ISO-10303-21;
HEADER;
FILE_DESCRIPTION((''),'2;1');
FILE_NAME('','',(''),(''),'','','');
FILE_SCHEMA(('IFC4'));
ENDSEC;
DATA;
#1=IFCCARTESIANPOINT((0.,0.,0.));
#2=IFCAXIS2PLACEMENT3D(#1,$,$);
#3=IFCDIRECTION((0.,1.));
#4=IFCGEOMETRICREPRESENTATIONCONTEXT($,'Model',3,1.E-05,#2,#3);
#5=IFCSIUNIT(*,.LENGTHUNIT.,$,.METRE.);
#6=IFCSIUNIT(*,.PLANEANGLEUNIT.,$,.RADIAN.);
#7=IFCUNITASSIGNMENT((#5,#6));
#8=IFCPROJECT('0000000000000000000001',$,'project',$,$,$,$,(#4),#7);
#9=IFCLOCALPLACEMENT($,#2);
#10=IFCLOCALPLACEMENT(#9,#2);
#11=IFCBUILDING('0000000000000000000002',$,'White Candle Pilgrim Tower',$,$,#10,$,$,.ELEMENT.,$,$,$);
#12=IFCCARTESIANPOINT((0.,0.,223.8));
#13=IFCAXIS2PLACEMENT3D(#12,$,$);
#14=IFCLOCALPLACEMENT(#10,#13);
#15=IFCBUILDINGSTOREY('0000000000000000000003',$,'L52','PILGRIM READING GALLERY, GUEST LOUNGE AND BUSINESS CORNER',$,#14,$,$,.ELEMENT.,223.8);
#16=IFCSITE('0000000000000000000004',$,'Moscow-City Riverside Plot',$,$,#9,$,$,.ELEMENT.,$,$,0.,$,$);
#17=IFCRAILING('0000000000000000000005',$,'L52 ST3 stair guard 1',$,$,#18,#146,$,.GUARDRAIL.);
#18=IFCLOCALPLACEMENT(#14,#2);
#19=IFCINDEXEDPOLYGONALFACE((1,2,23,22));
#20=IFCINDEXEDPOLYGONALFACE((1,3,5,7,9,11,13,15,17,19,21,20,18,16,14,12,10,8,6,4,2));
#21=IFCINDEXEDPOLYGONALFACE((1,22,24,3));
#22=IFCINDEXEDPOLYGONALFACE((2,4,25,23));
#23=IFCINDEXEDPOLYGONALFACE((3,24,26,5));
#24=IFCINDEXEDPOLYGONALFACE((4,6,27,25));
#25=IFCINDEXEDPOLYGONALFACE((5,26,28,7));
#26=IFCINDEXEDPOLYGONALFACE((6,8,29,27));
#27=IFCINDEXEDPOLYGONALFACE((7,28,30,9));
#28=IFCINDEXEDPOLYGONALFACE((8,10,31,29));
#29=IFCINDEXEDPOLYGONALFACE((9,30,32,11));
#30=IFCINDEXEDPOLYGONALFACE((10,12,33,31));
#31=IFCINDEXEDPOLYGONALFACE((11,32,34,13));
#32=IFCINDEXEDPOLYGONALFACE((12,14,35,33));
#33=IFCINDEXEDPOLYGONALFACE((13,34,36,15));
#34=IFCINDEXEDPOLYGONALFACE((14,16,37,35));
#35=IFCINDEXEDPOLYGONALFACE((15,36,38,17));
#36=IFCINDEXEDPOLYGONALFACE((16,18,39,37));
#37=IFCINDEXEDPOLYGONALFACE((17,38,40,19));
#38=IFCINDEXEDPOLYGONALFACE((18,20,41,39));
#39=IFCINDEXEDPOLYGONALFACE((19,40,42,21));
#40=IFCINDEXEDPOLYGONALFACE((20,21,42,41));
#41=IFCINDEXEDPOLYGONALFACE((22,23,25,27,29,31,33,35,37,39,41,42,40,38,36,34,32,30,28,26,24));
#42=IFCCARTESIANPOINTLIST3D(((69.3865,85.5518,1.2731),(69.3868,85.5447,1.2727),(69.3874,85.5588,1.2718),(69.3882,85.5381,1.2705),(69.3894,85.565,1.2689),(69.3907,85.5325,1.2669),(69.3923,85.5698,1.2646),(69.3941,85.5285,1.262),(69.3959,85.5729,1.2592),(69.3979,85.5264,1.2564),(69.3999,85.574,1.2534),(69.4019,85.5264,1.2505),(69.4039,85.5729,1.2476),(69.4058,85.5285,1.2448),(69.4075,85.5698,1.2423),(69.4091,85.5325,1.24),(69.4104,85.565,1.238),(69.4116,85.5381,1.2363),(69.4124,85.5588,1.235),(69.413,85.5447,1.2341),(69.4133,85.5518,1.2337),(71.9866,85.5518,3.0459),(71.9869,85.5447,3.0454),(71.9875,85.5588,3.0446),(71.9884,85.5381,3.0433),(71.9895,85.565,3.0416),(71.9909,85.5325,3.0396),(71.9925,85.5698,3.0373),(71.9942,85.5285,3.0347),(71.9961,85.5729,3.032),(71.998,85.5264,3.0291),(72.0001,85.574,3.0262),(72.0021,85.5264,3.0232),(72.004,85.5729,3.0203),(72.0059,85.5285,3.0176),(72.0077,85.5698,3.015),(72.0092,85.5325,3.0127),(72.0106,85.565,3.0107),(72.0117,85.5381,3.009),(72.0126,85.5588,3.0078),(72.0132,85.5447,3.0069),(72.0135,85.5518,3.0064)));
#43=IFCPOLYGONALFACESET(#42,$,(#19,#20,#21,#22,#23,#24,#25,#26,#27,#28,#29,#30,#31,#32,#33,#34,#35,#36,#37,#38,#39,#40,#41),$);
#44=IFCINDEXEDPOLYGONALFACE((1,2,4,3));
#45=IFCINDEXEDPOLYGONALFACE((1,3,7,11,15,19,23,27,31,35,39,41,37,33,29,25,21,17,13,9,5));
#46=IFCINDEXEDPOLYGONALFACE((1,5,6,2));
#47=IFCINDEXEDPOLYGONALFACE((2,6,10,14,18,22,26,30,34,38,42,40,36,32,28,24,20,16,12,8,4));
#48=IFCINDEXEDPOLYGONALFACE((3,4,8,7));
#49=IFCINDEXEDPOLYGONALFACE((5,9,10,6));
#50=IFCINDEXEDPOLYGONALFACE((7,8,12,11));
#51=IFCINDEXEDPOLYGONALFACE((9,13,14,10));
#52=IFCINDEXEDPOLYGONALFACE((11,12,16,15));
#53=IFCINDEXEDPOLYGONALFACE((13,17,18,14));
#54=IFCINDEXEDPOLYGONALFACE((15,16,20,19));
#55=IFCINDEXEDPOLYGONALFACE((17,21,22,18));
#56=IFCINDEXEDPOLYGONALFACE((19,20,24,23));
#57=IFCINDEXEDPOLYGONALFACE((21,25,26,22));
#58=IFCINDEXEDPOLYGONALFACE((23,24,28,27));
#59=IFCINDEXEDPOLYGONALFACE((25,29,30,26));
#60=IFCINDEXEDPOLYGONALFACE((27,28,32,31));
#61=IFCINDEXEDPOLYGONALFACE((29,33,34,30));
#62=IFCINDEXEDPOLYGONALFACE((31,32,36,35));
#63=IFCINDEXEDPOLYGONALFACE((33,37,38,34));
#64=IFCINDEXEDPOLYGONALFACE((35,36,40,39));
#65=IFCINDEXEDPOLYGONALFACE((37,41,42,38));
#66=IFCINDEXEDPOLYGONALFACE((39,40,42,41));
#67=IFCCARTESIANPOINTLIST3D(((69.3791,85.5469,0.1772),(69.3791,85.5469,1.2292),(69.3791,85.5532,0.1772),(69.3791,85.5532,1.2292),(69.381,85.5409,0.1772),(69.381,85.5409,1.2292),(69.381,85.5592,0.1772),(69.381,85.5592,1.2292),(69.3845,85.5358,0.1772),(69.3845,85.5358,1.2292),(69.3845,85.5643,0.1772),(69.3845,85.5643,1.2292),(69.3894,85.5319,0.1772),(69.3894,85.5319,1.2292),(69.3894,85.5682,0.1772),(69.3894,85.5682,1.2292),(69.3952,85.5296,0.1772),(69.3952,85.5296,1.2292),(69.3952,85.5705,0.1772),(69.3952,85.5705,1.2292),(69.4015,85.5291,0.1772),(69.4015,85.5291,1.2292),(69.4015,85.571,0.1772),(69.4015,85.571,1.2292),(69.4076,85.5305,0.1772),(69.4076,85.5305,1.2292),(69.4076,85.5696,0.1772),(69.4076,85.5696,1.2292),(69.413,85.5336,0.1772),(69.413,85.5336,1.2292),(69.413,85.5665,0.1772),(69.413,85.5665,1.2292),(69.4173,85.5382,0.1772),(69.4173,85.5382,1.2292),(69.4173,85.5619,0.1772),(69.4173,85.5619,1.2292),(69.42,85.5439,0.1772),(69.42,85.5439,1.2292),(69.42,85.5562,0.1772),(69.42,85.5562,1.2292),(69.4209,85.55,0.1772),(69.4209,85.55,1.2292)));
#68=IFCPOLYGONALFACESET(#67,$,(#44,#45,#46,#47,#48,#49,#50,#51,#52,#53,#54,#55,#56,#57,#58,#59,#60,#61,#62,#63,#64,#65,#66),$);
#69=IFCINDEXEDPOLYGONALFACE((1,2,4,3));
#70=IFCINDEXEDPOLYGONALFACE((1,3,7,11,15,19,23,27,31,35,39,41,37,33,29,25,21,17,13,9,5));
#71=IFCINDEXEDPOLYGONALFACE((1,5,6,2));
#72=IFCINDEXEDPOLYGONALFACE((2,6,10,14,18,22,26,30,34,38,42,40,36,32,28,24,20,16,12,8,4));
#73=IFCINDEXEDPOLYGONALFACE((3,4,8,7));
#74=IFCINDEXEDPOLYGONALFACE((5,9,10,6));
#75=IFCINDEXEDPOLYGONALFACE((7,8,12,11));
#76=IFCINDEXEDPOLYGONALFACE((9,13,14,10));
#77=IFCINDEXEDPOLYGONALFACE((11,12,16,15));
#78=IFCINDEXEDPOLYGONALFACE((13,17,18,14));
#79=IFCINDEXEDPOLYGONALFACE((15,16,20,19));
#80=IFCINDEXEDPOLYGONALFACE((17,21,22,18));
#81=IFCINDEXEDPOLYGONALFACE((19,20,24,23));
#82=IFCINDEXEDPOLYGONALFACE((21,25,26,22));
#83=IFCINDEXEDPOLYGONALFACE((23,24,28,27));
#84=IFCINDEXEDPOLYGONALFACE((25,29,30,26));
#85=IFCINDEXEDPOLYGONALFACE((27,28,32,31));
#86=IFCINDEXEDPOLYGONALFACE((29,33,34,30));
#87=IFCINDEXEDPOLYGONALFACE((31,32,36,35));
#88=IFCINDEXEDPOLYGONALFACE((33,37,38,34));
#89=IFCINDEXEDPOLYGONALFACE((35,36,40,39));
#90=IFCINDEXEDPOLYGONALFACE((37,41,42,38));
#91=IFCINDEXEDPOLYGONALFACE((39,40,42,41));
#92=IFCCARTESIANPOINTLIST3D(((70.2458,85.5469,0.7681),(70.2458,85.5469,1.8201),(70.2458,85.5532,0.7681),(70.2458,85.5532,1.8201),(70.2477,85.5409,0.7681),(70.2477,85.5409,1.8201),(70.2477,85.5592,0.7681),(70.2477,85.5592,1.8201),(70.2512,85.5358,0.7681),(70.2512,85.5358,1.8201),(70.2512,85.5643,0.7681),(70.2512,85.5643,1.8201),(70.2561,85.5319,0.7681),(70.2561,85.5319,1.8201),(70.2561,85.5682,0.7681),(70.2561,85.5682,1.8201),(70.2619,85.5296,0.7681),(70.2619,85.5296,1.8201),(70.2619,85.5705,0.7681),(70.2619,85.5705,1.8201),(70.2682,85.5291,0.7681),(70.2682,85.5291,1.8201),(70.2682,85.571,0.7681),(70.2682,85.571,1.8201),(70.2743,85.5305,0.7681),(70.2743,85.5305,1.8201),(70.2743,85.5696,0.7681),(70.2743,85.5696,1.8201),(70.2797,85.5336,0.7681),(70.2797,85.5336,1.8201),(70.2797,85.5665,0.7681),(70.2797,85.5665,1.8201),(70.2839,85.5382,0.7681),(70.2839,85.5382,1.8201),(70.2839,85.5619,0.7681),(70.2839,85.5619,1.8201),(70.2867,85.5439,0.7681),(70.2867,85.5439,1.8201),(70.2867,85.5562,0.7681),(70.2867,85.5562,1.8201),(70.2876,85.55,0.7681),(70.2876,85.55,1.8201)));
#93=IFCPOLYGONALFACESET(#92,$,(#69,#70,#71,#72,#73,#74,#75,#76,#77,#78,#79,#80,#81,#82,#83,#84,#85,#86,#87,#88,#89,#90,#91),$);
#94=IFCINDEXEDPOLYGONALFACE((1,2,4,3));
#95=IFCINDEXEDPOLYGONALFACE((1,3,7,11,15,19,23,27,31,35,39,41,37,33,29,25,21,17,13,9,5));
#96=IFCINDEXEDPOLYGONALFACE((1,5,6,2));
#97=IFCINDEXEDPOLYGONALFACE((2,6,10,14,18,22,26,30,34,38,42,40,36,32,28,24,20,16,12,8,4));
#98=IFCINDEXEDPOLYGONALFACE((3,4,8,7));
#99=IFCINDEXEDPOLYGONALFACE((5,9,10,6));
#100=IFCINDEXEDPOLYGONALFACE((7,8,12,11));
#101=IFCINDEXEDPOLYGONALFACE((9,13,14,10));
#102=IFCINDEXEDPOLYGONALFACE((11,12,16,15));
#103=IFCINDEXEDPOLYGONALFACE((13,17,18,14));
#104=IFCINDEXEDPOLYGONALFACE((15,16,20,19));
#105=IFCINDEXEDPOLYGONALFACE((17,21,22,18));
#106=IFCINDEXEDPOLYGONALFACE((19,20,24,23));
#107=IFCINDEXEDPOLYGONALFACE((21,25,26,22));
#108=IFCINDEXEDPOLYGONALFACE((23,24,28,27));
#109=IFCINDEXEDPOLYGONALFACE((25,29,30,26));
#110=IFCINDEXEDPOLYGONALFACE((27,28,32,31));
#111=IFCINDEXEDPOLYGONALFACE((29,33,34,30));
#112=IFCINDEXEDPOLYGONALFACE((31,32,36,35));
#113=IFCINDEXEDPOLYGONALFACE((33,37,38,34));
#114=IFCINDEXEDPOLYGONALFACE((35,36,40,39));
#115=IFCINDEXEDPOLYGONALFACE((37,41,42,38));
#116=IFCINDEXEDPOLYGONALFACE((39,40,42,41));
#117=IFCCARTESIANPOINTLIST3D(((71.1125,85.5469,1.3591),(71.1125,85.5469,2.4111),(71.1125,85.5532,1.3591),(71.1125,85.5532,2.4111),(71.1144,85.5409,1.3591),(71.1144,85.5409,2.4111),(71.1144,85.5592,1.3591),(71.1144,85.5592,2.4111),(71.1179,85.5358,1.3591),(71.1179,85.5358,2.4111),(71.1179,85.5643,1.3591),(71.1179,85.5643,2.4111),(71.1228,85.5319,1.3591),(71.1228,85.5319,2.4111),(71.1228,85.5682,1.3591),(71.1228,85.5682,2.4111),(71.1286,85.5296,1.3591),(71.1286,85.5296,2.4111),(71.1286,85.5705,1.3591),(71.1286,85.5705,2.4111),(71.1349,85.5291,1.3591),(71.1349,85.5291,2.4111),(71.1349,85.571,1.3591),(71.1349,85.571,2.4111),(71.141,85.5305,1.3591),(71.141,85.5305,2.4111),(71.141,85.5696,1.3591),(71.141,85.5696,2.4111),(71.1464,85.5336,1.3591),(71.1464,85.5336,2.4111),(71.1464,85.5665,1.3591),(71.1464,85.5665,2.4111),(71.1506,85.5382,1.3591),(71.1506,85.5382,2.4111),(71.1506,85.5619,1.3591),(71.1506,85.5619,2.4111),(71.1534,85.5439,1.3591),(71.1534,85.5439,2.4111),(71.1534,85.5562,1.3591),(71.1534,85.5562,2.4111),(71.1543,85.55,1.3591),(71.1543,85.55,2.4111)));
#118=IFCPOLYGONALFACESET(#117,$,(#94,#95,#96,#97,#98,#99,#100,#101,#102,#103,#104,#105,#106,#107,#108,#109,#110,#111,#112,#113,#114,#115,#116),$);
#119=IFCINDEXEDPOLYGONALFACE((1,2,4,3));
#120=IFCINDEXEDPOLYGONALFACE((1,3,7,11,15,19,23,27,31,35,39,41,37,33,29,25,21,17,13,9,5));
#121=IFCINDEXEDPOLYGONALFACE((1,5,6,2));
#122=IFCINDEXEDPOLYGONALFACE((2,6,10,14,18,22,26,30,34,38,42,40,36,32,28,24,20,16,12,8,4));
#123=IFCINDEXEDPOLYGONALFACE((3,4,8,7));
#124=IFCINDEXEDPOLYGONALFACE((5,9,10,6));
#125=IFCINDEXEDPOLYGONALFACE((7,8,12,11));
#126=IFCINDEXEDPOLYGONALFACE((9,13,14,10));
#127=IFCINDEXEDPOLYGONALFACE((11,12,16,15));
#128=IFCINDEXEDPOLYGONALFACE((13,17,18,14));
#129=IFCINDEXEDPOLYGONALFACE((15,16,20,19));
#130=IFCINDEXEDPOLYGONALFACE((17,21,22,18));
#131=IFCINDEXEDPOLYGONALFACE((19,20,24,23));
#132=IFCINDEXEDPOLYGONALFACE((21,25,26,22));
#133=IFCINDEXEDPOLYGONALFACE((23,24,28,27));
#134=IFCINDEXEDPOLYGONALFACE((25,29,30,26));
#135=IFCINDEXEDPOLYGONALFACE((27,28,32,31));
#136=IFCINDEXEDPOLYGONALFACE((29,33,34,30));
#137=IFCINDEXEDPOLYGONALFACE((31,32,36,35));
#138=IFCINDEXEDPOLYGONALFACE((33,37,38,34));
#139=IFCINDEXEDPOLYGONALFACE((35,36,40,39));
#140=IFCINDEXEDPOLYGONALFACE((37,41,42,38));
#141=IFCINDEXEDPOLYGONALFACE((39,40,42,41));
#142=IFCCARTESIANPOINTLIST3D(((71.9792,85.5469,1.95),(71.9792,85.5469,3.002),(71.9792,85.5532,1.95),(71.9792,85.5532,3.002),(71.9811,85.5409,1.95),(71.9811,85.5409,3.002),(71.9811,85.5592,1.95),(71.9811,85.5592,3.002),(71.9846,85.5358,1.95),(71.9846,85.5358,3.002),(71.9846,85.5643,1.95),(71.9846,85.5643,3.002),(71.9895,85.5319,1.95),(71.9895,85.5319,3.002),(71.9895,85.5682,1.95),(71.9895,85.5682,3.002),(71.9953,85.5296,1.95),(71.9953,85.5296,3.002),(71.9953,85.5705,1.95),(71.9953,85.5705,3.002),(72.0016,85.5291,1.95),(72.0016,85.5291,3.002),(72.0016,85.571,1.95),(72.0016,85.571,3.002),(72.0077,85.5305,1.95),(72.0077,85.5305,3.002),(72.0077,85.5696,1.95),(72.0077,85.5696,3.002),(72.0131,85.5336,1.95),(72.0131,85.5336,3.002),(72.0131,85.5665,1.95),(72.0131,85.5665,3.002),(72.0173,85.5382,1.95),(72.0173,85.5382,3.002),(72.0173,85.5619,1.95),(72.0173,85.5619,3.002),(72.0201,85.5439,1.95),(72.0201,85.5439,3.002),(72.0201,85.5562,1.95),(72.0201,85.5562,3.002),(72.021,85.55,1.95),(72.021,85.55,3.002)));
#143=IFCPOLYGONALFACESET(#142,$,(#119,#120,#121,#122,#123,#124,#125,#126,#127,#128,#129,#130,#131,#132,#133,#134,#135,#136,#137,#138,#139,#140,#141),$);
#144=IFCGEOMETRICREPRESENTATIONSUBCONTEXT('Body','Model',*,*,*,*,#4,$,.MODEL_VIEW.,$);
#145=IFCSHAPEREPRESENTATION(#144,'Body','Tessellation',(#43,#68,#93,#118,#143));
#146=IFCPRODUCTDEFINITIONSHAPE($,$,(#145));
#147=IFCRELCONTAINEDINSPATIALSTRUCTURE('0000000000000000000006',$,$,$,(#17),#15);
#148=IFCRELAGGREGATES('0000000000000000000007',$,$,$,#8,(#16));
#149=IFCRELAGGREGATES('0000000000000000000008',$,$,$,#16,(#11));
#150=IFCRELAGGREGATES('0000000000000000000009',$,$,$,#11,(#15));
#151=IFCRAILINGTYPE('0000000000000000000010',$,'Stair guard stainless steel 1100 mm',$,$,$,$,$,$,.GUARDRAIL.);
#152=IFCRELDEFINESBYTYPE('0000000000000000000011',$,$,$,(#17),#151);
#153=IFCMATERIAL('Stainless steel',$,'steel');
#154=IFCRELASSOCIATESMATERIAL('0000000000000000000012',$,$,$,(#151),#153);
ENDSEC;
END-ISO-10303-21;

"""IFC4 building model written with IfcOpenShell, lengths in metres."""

from ifc_helpers import new_model, si_unit, direction, frame, origin, origin_2d, place, context, subcontext, project, spatial, circle, extrude, material, type_object, element, save


model = new_model("IFC4")

# Units and contexts
model_context = context("Model", 3, precision=1e-05, world=origin(), true_north=direction((0.0, 1.0)))
body_context = subcontext(model_context, "Body", "Model", "MODEL_VIEW")
ifc_project = project(units=[si_unit("LENGTHUNIT", "METRE"), si_unit("PLANEANGLEUNIT", "RADIAN")], contexts=[model_context])

# Site, building, storey
site_placement = place(None, origin())
site = spatial("IfcSite", under=ifc_project, at=site_placement, Name="Moscow-City Riverside Plot", CompositionType="ELEMENT", RefElevation=0.0)
building_placement = place(site_placement, origin())
building = spatial("IfcBuilding", under=site, at=building_placement, Name="White Candle Pilgrim Tower", CompositionType="ELEMENT")
storey_placement = place(building_placement, frame((0.0, 0.0, 223.8)))
storey = spatial("IfcBuildingStorey", under=building, at=storey_placement, Name="L52", Description="PILGRIM READING GALLERY, GUEST LOUNGE AND BUSINESS CORNER", CompositionType="ELEMENT", Elevation=223.8)

# Shared definitions
ifc_material_1 = material(Name="Stainless steel", Category="steel")

# Railing
railing_type_1 = type_object("IfcRailingType", Name="Stair guard stainless steel 1100 mm", PredefinedType="GUARDRAIL", material=ifc_material_1)
railing_1_placement = place(storey_placement, frame((69.3999, 85.55, 0.1772)))
element("IfcRailing", 1, at=railing_1_placement, inside=storey, type_object=railing_type_1, Name="L52 ST3 stair guard 1", PredefinedType="GUARDRAIL", context=body_context, shape_type="SweptSolid", body=[
    extrude(circle(Radius=0.0239, at=origin_2d()), frame((0.0, 0.0, 1.0762), z_axis=(0.82624, 0.0, 0.563318), x_axis=(0.0, 1.0, 0.0)), (0.0, 0.0, 1.0), 3.147),
    extrude(circle(Radius=0.021, at=origin_2d()), origin(), (0.0, 0.0, 1.0), 1.052),
    extrude(circle(Radius=0.021, at=origin_2d()), frame((0.8667, 0.0, 0.5908)), (0.0, 0.0, 1.0), 1.052),
    extrude(circle(Radius=0.021, at=origin_2d()), frame((1.7334, 0.0, 1.1819)), (0.0, 0.0, 1.0), 1.052),
    extrude(circle(Radius=0.021, at=origin_2d()), frame((2.6001, 0.0, 1.7727)), (0.0, 0.0, 1.0), 1.052),
])

save(model, "model.ifc")
